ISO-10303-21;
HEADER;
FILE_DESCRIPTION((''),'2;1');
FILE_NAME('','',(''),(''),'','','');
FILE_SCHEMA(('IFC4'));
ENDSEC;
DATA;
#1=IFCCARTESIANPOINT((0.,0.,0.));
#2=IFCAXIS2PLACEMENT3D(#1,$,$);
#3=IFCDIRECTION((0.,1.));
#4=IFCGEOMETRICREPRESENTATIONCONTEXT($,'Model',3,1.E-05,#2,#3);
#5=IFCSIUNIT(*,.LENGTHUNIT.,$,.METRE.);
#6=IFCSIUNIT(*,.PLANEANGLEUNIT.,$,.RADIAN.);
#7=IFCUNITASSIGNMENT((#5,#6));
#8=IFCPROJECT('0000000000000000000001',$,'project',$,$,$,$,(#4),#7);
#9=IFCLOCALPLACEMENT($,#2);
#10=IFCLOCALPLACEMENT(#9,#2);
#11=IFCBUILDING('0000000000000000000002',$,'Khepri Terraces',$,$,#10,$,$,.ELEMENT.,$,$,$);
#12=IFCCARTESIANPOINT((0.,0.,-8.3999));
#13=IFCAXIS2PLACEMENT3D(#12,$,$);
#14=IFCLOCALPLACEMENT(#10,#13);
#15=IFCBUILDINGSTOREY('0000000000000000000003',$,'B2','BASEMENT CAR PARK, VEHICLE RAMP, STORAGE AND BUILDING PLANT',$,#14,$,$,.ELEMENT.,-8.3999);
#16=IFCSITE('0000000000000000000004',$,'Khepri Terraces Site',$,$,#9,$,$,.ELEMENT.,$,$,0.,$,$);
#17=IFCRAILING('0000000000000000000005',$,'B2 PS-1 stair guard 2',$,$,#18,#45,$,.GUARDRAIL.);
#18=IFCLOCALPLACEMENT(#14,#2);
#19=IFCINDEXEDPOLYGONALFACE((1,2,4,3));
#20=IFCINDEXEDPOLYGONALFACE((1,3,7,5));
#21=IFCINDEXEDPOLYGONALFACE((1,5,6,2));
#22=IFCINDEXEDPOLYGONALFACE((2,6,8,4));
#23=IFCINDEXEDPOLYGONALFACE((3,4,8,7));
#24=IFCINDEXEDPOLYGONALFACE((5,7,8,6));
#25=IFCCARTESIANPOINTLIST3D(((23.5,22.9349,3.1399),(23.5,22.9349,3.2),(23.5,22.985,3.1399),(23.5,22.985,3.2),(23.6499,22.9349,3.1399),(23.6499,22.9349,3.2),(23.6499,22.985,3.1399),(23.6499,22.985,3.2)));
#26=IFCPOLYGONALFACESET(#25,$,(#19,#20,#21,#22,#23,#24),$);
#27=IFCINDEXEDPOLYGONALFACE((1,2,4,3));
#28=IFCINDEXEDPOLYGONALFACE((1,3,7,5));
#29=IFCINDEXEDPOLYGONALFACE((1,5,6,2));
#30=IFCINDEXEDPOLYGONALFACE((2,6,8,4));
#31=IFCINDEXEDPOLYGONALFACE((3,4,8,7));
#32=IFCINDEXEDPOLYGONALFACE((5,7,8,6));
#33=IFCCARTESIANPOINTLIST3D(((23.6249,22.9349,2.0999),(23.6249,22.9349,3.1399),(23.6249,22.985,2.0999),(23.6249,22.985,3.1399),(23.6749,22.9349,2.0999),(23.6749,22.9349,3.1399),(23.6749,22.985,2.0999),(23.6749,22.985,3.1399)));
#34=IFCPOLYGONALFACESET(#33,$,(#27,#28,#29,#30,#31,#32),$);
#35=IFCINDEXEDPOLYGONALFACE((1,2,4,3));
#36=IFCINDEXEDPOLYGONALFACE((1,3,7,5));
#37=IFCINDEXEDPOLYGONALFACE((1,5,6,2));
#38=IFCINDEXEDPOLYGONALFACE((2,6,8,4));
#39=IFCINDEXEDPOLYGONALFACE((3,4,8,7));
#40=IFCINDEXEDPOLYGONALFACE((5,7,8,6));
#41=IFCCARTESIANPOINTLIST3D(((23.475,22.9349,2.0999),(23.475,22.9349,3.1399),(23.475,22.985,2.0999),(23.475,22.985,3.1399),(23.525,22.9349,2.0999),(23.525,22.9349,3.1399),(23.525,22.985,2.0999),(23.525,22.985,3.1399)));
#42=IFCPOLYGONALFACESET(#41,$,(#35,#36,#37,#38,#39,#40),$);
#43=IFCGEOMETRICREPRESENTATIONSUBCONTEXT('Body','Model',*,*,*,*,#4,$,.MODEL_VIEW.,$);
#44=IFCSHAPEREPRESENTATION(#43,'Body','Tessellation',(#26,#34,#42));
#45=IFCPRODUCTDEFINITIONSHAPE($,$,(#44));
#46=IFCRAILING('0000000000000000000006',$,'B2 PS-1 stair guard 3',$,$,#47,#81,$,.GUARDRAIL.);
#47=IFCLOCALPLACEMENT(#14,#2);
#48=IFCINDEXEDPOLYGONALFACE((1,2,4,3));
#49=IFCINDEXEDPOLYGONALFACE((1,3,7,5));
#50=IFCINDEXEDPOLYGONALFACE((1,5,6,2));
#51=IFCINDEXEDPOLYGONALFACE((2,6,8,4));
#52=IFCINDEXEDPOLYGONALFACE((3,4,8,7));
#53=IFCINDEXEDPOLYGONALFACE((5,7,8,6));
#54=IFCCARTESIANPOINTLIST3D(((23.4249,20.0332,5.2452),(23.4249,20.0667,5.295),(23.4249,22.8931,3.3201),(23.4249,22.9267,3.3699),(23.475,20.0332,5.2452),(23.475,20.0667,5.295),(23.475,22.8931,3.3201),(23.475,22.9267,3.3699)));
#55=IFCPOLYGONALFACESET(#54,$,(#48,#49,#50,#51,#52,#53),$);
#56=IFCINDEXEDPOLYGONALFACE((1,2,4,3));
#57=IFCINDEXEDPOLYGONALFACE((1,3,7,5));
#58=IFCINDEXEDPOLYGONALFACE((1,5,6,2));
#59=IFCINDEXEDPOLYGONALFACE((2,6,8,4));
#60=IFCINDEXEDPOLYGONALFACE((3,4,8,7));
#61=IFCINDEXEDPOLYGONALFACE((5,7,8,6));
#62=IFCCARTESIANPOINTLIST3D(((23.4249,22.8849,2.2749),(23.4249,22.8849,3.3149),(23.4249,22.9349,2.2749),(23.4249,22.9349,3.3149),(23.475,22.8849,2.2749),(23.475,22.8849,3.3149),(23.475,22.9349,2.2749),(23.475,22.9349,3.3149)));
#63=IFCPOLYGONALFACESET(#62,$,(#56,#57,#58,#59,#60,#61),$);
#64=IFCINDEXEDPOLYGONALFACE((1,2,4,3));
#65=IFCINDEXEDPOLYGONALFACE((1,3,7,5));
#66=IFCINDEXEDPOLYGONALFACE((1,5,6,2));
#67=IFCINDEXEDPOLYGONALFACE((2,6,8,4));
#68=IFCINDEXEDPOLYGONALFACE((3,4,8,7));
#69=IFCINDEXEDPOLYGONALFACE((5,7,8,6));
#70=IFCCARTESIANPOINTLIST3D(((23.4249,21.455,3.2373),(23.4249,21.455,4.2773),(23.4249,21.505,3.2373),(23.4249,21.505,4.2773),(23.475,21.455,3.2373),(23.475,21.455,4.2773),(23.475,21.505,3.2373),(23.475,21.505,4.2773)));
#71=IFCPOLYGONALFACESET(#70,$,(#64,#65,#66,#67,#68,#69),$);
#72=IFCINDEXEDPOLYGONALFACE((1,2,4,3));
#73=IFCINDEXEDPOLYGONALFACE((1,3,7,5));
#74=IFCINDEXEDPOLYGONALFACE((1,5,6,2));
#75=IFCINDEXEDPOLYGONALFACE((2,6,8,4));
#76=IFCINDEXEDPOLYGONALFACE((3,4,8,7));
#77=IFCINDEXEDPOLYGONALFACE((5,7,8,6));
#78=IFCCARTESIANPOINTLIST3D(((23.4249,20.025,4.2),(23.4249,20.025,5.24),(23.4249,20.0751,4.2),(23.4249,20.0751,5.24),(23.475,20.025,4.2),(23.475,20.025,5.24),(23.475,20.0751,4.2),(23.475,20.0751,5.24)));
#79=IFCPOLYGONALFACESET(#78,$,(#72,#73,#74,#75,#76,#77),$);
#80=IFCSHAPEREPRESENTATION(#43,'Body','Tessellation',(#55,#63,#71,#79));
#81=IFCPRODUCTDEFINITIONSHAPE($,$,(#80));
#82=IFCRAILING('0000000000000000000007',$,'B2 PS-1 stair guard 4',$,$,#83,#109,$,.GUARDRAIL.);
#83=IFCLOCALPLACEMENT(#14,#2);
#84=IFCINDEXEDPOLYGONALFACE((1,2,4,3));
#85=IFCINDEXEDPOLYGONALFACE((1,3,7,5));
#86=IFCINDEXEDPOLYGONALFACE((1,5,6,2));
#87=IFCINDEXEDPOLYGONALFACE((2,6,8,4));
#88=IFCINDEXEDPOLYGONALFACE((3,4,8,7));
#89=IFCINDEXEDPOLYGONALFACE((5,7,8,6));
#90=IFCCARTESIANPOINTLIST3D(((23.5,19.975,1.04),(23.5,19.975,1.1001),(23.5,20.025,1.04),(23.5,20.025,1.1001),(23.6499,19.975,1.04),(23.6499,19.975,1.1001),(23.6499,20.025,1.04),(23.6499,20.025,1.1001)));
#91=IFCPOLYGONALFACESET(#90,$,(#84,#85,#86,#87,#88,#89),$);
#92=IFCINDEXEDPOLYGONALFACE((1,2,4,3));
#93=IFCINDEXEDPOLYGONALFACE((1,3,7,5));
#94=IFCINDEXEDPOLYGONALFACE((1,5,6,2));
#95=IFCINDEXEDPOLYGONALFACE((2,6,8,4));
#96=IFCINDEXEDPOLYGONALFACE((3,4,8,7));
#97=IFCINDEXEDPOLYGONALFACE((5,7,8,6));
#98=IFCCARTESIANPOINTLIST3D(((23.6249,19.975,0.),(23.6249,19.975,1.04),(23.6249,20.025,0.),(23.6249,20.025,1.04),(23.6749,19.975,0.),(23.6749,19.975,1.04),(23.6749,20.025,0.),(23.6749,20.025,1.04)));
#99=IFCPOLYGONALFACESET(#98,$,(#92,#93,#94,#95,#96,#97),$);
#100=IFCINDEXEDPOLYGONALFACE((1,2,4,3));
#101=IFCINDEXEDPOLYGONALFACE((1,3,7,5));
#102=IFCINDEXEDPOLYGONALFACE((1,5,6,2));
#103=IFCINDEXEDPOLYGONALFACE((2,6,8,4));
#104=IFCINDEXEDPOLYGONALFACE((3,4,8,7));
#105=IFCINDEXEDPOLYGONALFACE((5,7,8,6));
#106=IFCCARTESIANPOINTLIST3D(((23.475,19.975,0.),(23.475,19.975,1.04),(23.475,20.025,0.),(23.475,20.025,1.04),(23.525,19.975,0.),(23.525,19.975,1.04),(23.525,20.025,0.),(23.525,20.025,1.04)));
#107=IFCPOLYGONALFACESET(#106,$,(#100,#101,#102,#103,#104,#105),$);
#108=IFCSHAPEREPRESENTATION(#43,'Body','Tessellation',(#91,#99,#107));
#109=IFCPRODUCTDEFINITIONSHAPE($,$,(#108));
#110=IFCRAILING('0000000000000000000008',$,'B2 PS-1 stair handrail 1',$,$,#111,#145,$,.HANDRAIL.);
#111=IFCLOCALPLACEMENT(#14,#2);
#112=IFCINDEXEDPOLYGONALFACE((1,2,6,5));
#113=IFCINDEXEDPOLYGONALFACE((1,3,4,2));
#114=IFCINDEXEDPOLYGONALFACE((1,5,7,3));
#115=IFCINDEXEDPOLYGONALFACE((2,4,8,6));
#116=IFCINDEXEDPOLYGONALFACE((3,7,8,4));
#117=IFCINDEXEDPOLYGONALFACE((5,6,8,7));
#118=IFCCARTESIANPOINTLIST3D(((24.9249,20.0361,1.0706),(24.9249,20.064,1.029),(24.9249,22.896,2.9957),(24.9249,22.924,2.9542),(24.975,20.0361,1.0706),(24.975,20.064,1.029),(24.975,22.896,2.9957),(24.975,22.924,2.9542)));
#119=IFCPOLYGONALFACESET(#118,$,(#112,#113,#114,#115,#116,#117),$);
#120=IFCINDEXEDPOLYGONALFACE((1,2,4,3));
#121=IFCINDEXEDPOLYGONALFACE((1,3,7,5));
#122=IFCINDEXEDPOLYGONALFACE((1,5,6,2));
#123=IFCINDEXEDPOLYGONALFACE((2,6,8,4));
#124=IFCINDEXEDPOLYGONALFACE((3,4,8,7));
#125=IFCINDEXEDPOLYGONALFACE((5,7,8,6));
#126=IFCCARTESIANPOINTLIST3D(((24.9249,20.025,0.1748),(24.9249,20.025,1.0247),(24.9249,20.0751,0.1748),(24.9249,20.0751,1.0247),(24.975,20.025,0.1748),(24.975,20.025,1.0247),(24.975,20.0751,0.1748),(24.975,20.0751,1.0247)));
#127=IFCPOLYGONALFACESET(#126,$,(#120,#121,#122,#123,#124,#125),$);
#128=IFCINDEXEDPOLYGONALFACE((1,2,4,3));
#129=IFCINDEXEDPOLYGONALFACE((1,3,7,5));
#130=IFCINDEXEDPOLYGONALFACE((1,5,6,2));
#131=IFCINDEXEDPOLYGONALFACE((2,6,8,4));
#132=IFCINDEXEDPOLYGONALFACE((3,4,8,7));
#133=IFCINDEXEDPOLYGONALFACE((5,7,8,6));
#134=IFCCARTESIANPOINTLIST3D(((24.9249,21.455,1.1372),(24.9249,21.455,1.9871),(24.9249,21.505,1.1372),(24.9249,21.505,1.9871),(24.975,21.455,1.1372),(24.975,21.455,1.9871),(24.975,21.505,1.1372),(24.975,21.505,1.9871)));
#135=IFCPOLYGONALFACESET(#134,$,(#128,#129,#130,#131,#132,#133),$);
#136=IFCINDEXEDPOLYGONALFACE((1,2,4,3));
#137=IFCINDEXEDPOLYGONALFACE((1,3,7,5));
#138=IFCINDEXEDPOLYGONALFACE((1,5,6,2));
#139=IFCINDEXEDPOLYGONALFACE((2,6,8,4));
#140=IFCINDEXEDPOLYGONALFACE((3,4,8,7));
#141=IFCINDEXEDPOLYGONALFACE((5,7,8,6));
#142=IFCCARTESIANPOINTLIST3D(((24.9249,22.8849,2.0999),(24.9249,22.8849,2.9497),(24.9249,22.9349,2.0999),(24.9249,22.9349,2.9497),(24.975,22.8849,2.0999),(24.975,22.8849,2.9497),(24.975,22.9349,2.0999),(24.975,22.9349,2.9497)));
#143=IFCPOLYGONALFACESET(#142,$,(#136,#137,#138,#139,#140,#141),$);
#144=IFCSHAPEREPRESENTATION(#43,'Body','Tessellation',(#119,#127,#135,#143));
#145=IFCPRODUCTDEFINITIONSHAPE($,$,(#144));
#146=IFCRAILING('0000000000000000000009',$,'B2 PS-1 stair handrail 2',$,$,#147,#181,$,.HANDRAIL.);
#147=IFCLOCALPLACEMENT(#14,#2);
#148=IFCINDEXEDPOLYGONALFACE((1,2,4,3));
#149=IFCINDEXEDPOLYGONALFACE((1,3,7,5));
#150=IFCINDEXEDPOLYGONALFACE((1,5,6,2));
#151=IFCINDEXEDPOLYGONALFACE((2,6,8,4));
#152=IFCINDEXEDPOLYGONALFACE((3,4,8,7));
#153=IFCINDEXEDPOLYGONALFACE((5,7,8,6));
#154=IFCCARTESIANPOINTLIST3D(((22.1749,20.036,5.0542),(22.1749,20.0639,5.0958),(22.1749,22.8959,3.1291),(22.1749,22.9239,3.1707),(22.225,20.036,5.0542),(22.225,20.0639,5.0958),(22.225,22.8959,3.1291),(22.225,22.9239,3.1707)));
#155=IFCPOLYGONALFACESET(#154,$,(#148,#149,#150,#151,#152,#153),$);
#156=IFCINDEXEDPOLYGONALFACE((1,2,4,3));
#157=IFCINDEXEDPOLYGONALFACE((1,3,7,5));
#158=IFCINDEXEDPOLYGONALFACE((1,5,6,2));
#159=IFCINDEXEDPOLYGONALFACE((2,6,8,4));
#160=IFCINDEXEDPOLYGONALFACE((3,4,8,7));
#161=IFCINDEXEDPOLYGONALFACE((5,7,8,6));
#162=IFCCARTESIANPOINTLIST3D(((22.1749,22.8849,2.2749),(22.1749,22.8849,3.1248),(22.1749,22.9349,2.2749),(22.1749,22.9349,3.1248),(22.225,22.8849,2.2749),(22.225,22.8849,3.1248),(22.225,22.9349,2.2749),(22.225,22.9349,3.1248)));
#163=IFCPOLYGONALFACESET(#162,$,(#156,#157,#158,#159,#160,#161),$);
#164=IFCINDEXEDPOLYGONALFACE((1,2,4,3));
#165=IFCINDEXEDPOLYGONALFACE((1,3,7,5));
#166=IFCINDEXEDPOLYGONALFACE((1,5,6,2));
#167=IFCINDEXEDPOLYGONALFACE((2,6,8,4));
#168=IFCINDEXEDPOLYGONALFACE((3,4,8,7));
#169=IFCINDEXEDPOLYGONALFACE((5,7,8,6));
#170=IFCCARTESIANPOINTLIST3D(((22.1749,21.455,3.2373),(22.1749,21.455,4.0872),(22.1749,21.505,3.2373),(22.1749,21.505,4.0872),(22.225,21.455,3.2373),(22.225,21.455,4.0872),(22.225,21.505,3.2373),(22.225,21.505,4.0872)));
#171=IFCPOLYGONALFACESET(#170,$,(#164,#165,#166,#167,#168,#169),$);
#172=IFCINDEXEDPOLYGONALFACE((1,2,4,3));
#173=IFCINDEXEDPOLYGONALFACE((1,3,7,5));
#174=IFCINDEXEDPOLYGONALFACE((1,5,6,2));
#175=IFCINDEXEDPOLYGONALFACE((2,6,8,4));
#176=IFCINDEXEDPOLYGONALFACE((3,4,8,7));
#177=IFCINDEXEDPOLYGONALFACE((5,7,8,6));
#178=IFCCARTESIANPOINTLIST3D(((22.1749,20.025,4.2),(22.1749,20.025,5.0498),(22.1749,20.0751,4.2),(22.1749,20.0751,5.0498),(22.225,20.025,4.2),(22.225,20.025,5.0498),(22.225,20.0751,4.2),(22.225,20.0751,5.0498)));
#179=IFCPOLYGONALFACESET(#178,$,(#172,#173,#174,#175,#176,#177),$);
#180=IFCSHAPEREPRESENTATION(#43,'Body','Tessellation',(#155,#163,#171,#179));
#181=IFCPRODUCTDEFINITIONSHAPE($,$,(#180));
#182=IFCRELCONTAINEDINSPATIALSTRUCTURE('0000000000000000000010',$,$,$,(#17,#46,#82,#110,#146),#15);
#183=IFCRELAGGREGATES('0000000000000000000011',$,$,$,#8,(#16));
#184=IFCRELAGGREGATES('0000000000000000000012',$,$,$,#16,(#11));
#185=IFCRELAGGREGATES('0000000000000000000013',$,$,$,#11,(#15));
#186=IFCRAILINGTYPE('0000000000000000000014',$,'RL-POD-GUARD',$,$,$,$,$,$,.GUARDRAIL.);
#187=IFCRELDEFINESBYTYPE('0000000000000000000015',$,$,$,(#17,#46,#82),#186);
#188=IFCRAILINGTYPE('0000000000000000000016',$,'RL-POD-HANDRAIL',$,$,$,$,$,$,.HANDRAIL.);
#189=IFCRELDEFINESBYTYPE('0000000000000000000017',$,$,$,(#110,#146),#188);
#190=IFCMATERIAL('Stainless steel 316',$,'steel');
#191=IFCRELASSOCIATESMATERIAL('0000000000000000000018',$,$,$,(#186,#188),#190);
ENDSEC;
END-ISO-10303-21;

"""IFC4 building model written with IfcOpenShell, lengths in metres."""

from ifc_helpers import new_model, si_unit, direction, frame, origin, origin_2d, place, context, subcontext, project, spatial, rectangle, extrude, material, type_object, element, save


model = new_model("IFC4")

# Units and contexts
model_context = context("Model", 3, precision=1e-05, world=origin(), true_north=direction((0.0, 1.0)))
body_context = subcontext(model_context, "Body", "Model", "MODEL_VIEW")
ifc_project = project(units=[si_unit("LENGTHUNIT", "METRE"), si_unit("PLANEANGLEUNIT", "RADIAN")], contexts=[model_context])

# Site, building, storey
site_placement = place(None, origin())
site = spatial("IfcSite", under=ifc_project, at=site_placement, Name="Khepri Terraces Site", CompositionType="ELEMENT", RefElevation=0.0)
building_placement = place(site_placement, origin())
building = spatial("IfcBuilding", under=site, at=building_placement, Name="Khepri Terraces", CompositionType="ELEMENT")
storey_placement = place(building_placement, frame((0.0, 0.0, -8.3999)))
storey = spatial("IfcBuildingStorey", under=building, at=storey_placement, Name="B2", Description="BASEMENT CAR PARK, VEHICLE RAMP, STORAGE AND BUILDING PLANT", CompositionType="ELEMENT", Elevation=-8.3999)

# Railings
ifc_material_1 = material(Name="Stainless steel 316", Category="steel")
railing_type_1 = type_object("IfcRailingType", Name="RL-POD-GUARD", PredefinedType="GUARDRAIL", material=ifc_material_1)
railing_1_placement = place(storey_placement, frame((23.6499, 22.96, 2.0999)))
element("IfcRailing", 1, at=railing_1_placement, inside=storey, type_object=railing_type_1, Name="B2 PS-1 stair guard 2", PredefinedType="GUARDRAIL", context=body_context, shape_type="SweptSolid", body=[
    extrude(rectangle(XDim=0.05, YDim=0.0601, at=origin_2d()), frame((0.0, 0.0, 1.0701), z_axis=(-1.0, 0.0, 0.0), x_axis=(0.0, -1.0, 0.0)), (0.0, 0.0, 1.0), 0.1499),
    extrude(rectangle(XDim=0.05, YDim=0.05, at=origin_2d()), origin(), (0.0, 0.0, 1.0), 1.04),
    extrude(rectangle(XDim=0.05, YDim=0.05, at=origin_2d()), frame((-0.1499, 0.0, 0.0)), (0.0, 0.0, 1.0), 1.04),
])
railing_2_placement = place(storey_placement, frame((23.45, 22.9099, 2.2749)))
element("IfcRailing", 2, at=railing_2_placement, inside=storey, type_object=railing_type_1, Name="B2 PS-1 stair guard 3", PredefinedType="GUARDRAIL", context=body_context, shape_type="SweptSolid", body=[
    extrude(rectangle(XDim=0.05, YDim=0.0601, at=origin_2d()), frame((0.0, 0.0, 1.0701), z_axis=(0.0, -0.829569, 0.558404), x_axis=(1.0, 0.0, 0.0)), (0.0, 0.0, 1.0), 3.4475),
    extrude(rectangle(XDim=0.05, YDim=0.05, at=origin_2d()), origin(), (0.0, 0.0, 1.0), 1.04),
    extrude(rectangle(XDim=0.05, YDim=0.05, at=origin_2d()), frame((0.0, -1.4299, 0.9624)), (0.0, 0.0, 1.0), 1.04),
    extrude(rectangle(XDim=0.05, YDim=0.05, at=origin_2d()), frame((0.0, -2.8599, 1.925)), (0.0, 0.0, 1.0), 1.04),
])
railing_3_placement = place(storey_placement, frame((23.6499, 20.0, 0.0)))
element("IfcRailing", 3, at=railing_3_placement, inside=storey, type_object=railing_type_1, Name="B2 PS-1 stair guard 4", PredefinedType="GUARDRAIL", context=body_context, shape_type="SweptSolid", body=[
    extrude(rectangle(XDim=0.05, YDim=0.0601, at=origin_2d()), frame((0.0, 0.0, 1.0701), z_axis=(-1.0, 0.0, 0.0), x_axis=(0.0, -1.0, 0.0)), (0.0, 0.0, 1.0), 0.1499),
    extrude(rectangle(XDim=0.05, YDim=0.05, at=origin_2d()), origin(), (0.0, 0.0, 1.0), 1.04),
    extrude(rectangle(XDim=0.05, YDim=0.05, at=origin_2d()), frame((-0.1499, 0.0, 0.0)), (0.0, 0.0, 1.0), 1.04),
])
railing_type_2 = type_object("IfcRailingType", Name="RL-POD-HANDRAIL", PredefinedType="HANDRAIL", material=ifc_material_1)
railing_4_placement = place(storey_placement, frame((24.95, 20.05, 0.1748)))
element("IfcRailing", 4, at=railing_4_placement, inside=storey, type_object=railing_type_2, Name="B2 PS-1 stair handrail 1", PredefinedType="HANDRAIL", context=body_context, shape_type="SweptSolid", body=[
    extrude(rectangle(XDim=0.05, YDim=0.05, at=origin_2d()), frame((0.0, 0.0, 0.875), z_axis=(0.0, 0.829569, 0.558404), x_axis=(-1.0, 0.0, 0.0)), (0.0, 0.0, 1.0), 3.4475),
    extrude(rectangle(XDim=0.05, YDim=0.05, at=origin_2d()), origin(), (0.0, 0.0, 1.0), 0.8499),
    extrude(rectangle(XDim=0.05, YDim=0.05, at=origin_2d()), frame((0.0, 1.4299, 0.9624)), (0.0, 0.0, 1.0), 0.8499),
    extrude(rectangle(XDim=0.05, YDim=0.05, at=origin_2d()), frame((0.0, 2.8599, 1.925)), (0.0, 0.0, 1.0), 0.8499),
])
railing_5_placement = place(storey_placement, frame((22.2, 22.9099, 2.2749)))
element("IfcRailing", 5, at=railing_5_placement, inside=storey, type_object=railing_type_2, Name="B2 PS-1 stair handrail 2", PredefinedType="HANDRAIL", context=body_context, shape_type="SweptSolid", body=[
    extrude(rectangle(XDim=0.05, YDim=0.05, at=origin_2d()), frame((0.0, 0.0, 0.875), z_axis=(0.0, -0.829569, 0.558404), x_axis=(1.0, 0.0, 0.0)), (0.0, 0.0, 1.0), 3.4475),
    extrude(rectangle(XDim=0.05, YDim=0.05, at=origin_2d()), origin(), (0.0, 0.0, 1.0), 0.8499),
    extrude(rectangle(XDim=0.05, YDim=0.05, at=origin_2d()), frame((0.0, -1.4299, 0.9624)), (0.0, 0.0, 1.0), 0.8499),
    extrude(rectangle(XDim=0.05, YDim=0.05, at=origin_2d()), frame((0.0, -2.8599, 1.925)), (0.0, 0.0, 1.0), 0.8499),
])

save(model, "model.ifc")
